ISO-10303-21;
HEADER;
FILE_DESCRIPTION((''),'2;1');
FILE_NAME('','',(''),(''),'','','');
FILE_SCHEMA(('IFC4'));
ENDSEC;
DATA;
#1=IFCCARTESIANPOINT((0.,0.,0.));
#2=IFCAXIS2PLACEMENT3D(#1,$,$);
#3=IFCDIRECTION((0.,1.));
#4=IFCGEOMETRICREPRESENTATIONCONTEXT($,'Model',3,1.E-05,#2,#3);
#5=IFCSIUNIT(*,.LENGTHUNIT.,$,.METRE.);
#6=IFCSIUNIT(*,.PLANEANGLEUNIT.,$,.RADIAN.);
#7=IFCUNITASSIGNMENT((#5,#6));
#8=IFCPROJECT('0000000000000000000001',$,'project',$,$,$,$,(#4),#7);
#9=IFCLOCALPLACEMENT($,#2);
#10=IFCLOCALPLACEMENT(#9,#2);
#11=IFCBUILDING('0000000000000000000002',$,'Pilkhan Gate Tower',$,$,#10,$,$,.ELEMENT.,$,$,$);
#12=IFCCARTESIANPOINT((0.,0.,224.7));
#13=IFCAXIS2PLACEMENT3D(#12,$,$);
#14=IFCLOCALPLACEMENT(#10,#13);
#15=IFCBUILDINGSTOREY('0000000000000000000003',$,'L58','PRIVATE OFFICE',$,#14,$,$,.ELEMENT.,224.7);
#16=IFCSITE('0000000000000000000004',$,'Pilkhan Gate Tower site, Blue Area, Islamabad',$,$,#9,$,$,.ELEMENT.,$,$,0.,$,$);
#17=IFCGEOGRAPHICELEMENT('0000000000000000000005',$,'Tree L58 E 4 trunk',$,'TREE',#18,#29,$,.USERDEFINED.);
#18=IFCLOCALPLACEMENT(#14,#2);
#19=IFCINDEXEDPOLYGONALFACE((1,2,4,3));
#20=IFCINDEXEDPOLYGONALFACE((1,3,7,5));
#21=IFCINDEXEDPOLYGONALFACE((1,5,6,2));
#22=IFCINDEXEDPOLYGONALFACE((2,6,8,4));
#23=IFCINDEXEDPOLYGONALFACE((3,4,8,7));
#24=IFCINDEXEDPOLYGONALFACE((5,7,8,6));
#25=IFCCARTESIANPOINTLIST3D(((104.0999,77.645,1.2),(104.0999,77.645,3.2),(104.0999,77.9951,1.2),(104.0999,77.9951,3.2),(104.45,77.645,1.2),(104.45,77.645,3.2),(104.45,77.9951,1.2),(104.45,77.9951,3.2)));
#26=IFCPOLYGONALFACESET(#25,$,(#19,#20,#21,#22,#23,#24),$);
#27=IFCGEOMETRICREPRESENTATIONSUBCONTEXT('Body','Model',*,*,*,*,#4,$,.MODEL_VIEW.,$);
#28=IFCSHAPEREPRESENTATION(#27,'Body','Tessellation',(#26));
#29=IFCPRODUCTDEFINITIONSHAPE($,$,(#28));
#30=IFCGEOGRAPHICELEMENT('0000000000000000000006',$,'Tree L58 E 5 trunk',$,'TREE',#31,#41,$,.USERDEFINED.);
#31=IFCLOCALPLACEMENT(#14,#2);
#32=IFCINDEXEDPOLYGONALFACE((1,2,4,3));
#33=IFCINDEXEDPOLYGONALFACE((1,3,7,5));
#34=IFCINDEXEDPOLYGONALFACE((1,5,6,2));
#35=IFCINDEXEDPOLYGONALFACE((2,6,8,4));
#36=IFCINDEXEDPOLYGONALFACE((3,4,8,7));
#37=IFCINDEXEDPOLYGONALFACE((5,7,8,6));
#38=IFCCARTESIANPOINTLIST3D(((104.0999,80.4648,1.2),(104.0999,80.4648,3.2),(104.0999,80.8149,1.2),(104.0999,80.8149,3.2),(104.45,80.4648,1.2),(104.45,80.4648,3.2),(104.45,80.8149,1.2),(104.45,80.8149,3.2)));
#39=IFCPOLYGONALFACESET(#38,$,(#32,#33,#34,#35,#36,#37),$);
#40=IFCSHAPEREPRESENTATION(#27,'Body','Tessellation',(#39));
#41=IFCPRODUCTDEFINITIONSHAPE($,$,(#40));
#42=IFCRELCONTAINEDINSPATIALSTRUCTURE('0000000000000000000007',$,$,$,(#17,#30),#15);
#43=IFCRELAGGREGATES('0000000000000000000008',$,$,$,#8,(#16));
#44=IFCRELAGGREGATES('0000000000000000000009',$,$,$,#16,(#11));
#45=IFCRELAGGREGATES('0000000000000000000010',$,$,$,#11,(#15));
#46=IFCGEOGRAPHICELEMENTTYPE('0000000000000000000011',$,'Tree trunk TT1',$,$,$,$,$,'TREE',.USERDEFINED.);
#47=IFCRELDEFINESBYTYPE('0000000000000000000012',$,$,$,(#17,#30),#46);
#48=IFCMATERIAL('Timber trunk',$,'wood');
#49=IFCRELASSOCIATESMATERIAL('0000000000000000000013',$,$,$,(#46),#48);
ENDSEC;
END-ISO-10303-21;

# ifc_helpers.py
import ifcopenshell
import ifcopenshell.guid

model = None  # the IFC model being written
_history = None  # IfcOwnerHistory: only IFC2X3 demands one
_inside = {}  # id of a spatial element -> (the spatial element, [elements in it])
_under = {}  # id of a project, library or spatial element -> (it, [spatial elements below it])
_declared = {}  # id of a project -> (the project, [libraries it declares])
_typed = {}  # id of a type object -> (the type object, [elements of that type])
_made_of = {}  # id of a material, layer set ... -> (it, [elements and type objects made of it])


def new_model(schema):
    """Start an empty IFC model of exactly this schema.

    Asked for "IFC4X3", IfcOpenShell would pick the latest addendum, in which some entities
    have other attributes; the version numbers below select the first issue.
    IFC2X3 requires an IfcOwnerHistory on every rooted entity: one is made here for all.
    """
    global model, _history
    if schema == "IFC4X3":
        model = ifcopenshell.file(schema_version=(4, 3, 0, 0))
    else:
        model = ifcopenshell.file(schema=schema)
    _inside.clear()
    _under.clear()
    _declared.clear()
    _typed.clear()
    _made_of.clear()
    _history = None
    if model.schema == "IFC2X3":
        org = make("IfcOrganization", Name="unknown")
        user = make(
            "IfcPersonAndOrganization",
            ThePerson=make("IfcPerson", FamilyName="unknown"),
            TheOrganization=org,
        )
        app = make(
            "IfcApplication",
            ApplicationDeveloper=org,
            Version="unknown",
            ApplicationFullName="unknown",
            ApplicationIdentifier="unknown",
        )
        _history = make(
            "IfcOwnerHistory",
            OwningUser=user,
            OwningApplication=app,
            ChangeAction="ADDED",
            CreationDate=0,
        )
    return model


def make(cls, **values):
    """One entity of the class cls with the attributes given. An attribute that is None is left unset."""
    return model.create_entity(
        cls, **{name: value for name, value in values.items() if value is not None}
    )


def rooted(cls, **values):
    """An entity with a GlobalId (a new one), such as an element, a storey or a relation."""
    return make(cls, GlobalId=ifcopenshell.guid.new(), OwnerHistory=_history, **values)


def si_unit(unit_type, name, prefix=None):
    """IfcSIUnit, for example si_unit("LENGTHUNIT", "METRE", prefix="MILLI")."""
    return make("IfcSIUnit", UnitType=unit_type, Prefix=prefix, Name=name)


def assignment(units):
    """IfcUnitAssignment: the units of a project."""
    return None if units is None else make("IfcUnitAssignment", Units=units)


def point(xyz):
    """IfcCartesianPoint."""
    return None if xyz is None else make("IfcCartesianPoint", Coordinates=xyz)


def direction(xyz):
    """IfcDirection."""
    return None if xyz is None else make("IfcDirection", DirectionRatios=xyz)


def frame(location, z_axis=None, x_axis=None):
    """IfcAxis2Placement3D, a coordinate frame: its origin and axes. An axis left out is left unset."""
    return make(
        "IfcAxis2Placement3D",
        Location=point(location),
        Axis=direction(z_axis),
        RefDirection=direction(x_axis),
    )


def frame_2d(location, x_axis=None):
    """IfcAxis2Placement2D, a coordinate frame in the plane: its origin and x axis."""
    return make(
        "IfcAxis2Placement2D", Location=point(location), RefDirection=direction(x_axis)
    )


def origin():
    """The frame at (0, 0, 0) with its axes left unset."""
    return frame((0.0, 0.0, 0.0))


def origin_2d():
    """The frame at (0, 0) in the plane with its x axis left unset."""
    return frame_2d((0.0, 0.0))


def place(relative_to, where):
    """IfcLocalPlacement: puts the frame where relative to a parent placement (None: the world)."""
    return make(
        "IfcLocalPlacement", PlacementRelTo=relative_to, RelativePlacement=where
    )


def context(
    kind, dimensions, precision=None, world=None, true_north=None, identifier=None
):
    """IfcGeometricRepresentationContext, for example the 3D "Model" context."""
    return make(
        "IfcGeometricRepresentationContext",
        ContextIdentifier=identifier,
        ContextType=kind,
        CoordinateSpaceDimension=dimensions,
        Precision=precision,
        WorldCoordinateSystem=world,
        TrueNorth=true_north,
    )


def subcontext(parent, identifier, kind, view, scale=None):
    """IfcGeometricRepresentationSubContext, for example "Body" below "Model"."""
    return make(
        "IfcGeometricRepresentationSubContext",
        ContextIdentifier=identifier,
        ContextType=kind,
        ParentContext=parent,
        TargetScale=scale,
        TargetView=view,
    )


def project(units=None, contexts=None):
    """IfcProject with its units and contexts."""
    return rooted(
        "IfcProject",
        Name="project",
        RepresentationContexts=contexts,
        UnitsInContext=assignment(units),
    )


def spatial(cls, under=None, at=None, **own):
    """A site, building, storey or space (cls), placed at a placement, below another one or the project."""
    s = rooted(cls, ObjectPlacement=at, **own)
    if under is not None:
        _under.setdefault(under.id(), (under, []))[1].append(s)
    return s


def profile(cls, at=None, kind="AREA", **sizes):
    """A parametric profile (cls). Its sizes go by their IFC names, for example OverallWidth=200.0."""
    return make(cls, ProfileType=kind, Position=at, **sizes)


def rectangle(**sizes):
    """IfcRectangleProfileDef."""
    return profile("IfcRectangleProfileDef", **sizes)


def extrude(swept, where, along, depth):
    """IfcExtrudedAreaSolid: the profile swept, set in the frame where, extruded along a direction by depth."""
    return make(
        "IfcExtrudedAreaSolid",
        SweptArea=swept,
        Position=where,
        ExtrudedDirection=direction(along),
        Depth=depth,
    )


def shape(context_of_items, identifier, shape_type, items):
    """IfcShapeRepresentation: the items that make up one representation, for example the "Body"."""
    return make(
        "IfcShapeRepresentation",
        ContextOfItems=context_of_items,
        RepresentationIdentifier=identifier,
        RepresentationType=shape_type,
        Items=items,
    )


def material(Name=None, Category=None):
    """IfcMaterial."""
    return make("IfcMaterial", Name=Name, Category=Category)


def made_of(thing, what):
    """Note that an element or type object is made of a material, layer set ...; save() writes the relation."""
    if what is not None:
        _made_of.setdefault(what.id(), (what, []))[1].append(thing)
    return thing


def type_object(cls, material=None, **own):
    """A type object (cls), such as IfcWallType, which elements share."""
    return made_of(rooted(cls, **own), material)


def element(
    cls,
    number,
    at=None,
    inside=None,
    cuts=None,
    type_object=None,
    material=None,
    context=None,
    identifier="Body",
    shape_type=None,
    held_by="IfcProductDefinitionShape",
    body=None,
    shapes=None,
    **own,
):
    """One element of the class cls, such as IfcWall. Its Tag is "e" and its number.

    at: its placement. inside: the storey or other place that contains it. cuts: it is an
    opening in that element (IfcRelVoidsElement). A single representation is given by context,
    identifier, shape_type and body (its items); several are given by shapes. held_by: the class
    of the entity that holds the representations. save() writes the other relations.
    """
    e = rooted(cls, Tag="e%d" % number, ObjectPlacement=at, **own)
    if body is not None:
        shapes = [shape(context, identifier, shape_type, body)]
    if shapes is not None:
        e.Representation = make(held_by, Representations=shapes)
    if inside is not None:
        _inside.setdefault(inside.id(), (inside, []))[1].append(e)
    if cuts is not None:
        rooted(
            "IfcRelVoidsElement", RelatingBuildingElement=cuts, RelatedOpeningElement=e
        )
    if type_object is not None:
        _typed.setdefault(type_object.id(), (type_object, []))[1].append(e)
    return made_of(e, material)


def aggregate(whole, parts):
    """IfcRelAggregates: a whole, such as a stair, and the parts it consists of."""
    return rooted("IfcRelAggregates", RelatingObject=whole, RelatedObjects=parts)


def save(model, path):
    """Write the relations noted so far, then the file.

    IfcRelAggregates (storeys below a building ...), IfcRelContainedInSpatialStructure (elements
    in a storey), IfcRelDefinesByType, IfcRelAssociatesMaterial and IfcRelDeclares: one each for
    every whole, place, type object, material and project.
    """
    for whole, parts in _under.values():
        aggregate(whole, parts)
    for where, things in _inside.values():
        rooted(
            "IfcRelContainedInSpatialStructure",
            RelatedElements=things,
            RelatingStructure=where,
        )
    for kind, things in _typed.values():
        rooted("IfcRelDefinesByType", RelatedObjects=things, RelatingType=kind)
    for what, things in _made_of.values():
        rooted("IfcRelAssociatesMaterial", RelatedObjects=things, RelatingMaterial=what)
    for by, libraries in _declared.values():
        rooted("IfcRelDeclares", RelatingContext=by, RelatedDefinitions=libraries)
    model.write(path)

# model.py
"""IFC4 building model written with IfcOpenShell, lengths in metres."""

from ifc_helpers import new_model, si_unit, direction, frame, origin, origin_2d, place, context, subcontext, project, spatial, rectangle, extrude, material, type_object, element, save


model = new_model("IFC4")

# Units and contexts
model_context = context("Model", 3, precision=1e-05, world=origin(), true_north=direction((0.0, 1.0)))
body_context = subcontext(model_context, "Body", "Model", "MODEL_VIEW")
ifc_project = project(units=[si_unit("LENGTHUNIT", "METRE"), si_unit("PLANEANGLEUNIT", "RADIAN")], contexts=[model_context])

# Site, building, storey
site_placement = place(None, origin())
site = spatial("IfcSite", under=ifc_project, at=site_placement, Name="Pilkhan Gate Tower site, Blue Area, Islamabad", CompositionType="ELEMENT", RefElevation=0.0)
building_placement = place(site_placement, origin())
building = spatial("IfcBuilding", under=site, at=building_placement, Name="Pilkhan Gate Tower", CompositionType="ELEMENT")
storey_placement = place(building_placement, frame((0.0, 0.0, 224.7)))
storey = spatial("IfcBuildingStorey", under=building, at=storey_placement, Name="L58", Description="PRIVATE OFFICE", CompositionType="ELEMENT", Elevation=224.7)

# Geographic elements
ifc_material_1 = material(Name="Timber trunk", Category="wood")
geographic_element_type_1 = type_object("IfcGeographicElementType", Name="Tree trunk TT1", ElementType="TREE", PredefinedType="USERDEFINED", material=ifc_material_1)
for number, where, z_axis, x_axis, name in (
    (1, (104.2749, 77.8201, 1.2), (0.0, 0.0, 1.0), (1.0, 0.0, 0.0), "Tree L58 E 4 trunk"),
    (2, (104.2749, 80.6399, 1.2), (0.0, 0.0, 1.0), (1.0, 0.0, 0.0), "Tree L58 E 5 trunk"),
):
    element("IfcGeographicElement", number, at=place(storey_placement, frame(where, z_axis=z_axis, x_axis=x_axis)), inside=storey, type_object=geographic_element_type_1, Name=name, ObjectType="TREE", PredefinedType="USERDEFINED", context=body_context, shape_type="SweptSolid", body=[
        extrude(rectangle(XDim=0.3501, YDim=0.3501, at=origin_2d()), origin(), (0.0, 0.0, 1.0), 2.0),
    ])

save(model, "model.ifc")
